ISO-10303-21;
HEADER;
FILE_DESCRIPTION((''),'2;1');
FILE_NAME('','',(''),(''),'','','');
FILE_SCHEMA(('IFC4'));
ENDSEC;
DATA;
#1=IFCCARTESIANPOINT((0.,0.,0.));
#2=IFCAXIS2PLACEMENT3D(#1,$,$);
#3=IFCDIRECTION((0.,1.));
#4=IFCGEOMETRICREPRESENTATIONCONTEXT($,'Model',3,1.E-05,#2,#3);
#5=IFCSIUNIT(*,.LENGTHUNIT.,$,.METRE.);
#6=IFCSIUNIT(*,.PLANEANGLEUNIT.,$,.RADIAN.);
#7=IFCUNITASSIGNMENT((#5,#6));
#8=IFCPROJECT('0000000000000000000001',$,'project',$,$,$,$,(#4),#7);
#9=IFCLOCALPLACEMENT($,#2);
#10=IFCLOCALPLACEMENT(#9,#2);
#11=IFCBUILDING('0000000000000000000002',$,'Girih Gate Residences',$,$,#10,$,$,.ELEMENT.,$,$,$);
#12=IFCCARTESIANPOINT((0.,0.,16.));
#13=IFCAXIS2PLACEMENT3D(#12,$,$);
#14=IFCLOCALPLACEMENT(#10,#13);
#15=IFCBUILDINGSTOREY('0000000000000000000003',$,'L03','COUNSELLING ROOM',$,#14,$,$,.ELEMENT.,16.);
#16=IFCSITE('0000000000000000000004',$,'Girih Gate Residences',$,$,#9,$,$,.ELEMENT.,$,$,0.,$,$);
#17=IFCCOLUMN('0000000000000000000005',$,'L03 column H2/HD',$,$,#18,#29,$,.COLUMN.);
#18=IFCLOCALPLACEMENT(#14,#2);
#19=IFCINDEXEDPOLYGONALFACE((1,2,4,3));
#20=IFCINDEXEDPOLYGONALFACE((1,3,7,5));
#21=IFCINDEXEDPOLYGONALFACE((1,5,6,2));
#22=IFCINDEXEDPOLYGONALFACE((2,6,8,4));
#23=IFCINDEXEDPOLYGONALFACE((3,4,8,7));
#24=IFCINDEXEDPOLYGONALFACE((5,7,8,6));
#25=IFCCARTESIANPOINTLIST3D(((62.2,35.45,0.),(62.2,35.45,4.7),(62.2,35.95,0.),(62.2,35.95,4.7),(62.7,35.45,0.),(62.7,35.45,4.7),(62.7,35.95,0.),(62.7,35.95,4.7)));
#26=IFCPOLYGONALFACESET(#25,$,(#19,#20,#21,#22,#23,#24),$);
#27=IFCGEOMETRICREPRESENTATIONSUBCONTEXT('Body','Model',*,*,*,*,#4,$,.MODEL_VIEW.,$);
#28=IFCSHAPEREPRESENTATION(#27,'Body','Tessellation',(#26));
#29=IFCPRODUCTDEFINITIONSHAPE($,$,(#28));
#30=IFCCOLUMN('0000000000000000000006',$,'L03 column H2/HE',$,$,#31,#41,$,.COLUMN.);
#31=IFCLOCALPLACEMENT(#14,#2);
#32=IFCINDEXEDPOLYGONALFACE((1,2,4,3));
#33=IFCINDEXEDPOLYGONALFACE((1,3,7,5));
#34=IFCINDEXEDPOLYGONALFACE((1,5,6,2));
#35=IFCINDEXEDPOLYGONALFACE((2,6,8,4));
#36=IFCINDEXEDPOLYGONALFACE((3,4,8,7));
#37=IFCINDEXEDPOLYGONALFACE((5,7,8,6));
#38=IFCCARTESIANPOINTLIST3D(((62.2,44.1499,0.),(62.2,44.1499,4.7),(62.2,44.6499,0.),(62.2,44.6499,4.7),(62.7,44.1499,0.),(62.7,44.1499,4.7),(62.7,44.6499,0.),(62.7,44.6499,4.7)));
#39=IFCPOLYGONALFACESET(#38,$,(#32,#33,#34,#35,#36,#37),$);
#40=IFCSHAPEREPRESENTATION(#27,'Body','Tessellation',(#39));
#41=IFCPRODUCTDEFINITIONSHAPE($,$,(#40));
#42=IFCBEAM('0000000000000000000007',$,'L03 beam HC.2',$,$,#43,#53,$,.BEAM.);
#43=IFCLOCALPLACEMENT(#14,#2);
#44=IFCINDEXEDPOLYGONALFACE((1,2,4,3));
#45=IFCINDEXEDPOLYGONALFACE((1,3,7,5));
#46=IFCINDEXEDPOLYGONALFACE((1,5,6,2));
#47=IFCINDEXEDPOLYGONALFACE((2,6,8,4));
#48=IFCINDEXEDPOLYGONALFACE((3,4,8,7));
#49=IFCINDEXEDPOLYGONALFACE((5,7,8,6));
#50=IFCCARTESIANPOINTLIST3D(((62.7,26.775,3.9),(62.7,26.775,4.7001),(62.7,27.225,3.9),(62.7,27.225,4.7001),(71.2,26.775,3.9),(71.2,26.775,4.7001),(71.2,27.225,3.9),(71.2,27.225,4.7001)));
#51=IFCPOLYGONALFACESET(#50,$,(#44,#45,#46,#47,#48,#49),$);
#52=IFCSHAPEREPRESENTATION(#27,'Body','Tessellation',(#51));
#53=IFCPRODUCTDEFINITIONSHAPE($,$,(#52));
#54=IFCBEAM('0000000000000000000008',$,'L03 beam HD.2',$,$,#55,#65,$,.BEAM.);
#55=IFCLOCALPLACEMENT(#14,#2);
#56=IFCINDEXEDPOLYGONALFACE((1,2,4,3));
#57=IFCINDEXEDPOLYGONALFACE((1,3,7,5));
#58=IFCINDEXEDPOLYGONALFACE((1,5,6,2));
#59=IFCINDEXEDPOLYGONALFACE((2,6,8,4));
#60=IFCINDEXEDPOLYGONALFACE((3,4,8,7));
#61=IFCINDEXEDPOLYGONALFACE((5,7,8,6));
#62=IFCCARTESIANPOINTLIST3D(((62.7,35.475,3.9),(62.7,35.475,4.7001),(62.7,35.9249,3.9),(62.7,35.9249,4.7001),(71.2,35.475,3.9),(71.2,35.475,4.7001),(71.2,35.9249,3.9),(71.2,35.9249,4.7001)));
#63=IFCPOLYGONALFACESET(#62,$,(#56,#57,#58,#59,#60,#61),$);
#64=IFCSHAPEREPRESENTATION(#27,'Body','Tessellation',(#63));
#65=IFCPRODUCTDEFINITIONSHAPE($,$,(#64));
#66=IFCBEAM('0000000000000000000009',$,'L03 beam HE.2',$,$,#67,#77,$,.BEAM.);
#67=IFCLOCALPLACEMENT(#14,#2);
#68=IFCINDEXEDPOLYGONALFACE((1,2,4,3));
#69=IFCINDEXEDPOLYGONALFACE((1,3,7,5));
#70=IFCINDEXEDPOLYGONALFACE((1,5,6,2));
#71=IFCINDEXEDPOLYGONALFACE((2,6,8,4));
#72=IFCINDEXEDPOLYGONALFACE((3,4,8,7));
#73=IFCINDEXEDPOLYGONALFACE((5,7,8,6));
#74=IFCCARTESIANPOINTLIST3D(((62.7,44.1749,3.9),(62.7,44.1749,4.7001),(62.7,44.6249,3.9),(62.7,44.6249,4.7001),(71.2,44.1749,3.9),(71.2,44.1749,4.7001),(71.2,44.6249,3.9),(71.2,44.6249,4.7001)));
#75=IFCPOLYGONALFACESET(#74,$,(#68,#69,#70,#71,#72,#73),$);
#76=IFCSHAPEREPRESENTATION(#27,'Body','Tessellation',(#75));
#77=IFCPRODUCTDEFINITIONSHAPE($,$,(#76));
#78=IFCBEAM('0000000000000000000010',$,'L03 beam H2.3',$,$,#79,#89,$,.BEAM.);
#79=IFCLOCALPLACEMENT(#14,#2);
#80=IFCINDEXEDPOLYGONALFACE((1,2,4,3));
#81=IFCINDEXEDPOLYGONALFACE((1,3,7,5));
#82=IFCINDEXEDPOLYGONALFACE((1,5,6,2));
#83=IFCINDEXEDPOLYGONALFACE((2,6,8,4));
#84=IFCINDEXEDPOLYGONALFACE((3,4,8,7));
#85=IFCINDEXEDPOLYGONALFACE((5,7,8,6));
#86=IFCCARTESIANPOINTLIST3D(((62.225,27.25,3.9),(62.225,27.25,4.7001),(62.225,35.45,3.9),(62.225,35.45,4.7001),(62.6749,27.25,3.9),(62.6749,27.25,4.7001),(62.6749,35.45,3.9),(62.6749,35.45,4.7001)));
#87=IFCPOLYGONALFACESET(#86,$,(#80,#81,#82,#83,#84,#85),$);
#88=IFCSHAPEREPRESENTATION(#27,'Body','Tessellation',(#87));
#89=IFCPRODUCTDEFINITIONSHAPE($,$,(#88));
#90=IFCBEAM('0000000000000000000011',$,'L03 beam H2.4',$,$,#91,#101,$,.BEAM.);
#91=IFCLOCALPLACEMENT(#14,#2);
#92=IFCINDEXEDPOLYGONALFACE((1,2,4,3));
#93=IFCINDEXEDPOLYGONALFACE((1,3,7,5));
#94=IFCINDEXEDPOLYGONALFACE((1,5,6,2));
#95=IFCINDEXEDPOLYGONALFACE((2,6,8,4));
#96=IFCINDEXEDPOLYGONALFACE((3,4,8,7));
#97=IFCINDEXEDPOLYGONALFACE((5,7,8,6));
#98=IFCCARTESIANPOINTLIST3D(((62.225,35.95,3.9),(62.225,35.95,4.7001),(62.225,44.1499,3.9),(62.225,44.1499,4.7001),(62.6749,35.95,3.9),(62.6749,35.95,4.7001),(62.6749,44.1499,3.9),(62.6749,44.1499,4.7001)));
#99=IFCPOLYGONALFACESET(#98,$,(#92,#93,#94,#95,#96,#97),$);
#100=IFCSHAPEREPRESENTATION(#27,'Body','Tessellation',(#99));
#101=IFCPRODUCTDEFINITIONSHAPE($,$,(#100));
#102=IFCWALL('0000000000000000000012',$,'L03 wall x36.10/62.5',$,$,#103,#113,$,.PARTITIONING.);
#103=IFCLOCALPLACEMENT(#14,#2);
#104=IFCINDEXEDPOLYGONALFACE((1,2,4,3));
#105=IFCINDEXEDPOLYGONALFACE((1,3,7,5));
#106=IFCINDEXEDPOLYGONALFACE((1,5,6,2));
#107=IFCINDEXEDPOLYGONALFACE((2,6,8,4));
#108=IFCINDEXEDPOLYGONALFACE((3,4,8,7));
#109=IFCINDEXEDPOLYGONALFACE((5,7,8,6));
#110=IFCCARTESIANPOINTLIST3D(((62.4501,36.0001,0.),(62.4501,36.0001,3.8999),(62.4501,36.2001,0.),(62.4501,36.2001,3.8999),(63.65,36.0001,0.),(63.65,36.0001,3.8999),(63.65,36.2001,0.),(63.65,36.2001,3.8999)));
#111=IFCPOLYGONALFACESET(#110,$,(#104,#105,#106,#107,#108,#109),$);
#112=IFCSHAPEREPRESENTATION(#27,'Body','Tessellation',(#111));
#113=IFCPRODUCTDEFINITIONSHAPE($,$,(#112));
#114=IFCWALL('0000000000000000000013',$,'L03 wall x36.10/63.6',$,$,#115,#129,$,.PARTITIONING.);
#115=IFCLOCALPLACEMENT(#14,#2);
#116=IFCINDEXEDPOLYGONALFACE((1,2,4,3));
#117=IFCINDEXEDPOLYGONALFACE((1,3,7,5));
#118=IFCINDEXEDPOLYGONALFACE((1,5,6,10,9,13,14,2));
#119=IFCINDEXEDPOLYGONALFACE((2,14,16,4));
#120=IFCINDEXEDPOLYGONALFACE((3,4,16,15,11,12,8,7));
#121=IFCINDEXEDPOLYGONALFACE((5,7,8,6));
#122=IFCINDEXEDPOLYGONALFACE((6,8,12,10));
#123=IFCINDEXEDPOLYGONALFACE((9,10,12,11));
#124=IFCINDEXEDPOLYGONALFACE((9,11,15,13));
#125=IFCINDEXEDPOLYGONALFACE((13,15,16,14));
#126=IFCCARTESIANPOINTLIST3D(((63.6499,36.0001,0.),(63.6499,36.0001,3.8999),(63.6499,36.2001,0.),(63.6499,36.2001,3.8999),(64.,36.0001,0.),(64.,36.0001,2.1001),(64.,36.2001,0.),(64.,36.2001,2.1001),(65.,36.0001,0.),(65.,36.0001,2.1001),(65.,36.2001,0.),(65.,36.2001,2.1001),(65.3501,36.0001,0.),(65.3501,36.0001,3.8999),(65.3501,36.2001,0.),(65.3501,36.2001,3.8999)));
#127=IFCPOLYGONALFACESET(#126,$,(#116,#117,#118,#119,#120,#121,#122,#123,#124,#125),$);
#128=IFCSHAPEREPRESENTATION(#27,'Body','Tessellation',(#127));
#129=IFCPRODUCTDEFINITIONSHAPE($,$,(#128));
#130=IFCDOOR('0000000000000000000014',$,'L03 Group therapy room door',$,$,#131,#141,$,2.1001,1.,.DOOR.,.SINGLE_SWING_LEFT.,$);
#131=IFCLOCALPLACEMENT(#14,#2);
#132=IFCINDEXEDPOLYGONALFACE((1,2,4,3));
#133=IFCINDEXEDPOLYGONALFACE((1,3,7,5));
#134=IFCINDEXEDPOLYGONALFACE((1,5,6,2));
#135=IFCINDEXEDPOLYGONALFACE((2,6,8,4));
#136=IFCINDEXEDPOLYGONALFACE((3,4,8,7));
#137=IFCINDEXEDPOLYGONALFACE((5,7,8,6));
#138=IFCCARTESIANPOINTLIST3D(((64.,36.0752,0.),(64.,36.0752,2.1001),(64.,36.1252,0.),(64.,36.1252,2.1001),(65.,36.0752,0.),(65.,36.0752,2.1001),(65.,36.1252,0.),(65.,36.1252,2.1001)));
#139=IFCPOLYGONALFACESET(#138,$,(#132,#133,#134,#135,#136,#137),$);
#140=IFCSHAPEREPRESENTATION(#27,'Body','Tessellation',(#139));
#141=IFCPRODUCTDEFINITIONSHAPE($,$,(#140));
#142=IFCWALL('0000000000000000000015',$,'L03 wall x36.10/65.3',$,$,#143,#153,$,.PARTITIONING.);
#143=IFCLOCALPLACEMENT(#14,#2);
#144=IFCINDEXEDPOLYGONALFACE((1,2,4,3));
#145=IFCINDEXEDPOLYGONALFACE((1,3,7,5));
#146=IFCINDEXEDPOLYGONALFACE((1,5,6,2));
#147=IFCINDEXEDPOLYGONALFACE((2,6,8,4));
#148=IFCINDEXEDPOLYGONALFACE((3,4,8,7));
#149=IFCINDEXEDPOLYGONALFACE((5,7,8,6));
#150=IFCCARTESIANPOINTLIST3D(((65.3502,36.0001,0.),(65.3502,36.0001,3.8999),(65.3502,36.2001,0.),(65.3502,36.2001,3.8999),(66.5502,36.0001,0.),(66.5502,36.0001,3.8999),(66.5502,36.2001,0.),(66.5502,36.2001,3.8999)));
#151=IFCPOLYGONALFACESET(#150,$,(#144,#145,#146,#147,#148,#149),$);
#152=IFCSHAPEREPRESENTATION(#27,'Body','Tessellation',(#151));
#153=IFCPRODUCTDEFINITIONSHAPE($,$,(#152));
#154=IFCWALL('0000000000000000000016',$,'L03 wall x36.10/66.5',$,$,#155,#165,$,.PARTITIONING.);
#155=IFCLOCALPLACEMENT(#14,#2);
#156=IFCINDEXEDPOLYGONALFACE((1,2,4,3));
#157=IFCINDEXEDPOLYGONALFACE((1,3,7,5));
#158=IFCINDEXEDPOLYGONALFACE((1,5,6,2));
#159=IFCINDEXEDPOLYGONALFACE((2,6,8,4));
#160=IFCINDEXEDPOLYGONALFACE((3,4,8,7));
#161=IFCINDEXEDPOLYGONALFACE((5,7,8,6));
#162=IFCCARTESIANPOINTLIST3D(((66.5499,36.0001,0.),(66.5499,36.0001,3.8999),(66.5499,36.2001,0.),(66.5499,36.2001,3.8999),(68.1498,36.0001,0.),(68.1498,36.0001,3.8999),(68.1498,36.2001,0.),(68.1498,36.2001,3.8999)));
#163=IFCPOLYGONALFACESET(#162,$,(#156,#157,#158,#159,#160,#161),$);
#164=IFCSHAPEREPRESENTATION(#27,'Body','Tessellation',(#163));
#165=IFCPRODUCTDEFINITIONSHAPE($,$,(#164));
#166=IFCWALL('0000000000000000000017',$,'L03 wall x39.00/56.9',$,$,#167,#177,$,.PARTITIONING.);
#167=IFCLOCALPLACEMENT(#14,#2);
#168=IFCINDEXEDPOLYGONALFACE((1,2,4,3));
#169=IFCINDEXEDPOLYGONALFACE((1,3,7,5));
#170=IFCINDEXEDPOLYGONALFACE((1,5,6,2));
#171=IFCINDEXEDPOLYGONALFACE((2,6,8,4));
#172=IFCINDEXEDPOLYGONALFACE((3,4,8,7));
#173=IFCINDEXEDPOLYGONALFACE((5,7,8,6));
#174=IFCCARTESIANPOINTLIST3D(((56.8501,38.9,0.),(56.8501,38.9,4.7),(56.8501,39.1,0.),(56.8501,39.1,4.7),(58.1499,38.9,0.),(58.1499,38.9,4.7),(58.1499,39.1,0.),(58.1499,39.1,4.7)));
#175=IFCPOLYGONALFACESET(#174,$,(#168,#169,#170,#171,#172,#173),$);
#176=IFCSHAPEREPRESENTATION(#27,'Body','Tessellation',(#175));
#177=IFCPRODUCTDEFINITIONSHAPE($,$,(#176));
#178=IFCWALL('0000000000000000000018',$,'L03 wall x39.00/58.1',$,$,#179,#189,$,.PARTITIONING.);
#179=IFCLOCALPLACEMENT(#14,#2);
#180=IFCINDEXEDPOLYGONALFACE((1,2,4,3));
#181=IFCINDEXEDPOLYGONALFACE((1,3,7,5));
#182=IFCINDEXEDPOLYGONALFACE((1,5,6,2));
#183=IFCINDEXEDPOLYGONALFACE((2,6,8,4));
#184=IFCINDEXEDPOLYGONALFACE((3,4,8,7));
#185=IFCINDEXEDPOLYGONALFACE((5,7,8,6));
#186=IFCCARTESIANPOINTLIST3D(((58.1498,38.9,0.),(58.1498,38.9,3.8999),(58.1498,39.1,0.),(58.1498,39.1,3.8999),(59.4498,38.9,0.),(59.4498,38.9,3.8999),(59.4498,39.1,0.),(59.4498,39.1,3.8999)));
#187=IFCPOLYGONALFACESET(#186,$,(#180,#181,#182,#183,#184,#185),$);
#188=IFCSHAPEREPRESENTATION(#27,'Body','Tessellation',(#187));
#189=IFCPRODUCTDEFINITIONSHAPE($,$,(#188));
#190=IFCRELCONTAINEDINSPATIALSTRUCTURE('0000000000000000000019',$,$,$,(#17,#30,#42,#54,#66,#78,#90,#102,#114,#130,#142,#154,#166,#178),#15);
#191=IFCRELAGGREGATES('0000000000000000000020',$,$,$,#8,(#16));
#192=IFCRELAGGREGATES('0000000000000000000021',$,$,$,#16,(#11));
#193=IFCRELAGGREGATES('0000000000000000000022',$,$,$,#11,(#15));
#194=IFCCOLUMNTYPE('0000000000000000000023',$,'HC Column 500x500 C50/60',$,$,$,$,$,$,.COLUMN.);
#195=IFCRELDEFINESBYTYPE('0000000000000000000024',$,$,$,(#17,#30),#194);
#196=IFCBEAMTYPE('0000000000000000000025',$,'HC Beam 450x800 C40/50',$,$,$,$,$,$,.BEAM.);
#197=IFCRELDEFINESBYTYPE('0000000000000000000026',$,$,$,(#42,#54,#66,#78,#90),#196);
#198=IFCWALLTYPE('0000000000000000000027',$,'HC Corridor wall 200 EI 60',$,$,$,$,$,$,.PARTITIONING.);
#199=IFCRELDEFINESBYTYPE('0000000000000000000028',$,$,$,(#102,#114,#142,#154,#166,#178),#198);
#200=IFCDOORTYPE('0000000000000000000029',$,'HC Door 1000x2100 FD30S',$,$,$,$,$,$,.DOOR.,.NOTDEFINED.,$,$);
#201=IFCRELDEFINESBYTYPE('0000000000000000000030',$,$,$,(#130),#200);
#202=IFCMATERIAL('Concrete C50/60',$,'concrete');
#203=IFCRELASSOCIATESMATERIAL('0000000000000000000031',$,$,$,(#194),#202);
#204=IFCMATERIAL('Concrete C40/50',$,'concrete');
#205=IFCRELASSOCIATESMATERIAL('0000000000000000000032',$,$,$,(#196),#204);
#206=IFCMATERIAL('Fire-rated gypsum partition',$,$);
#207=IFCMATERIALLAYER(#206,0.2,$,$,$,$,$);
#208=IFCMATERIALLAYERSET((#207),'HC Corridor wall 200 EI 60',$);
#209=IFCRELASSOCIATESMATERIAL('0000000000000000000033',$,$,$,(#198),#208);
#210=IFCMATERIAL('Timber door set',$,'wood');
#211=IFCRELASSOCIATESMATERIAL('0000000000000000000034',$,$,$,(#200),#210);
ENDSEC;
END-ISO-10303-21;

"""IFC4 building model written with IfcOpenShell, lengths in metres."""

from ifc_helpers import new_model, si_unit, direction, frame, frame_2d, origin, origin_2d, place, context, subcontext, project, spatial, rectangle, extrude, material, layer, layer_set, material_profile, profile_set, type_object, element, fill, save


model = new_model("IFC4")

# Units and contexts
model_context = context("Model", 3, precision=1e-05, world=origin(), true_north=direction((0.0, 1.0)))
body_context = subcontext(model_context, "Body", "Model", "MODEL_VIEW")
ifc_project = project(units=[si_unit("LENGTHUNIT", "METRE"), si_unit("PLANEANGLEUNIT", "RADIAN")], contexts=[model_context])

# Site, building, storey
site_placement = place(None, origin())
site = spatial("IfcSite", under=ifc_project, at=site_placement, Name="Girih Gate Residences", CompositionType="ELEMENT", RefElevation=0.0)
building_placement = place(site_placement, origin())
building = spatial("IfcBuilding", under=site, at=building_placement, Name="Girih Gate Residences", CompositionType="ELEMENT")
storey_placement = place(building_placement, frame((0.0, 0.0, 16.0)))
storey = spatial("IfcBuildingStorey", under=building, at=storey_placement, Name="L03", Description="COUNSELLING ROOM", CompositionType="ELEMENT", Elevation=16.0)

# Columns
ifc_material_1 = material(Name="Concrete C50/60", Category="concrete")
ifc_material_profile_1 = material_profile(ifc_material_1, rectangle(XDim=0.5, YDim=0.5, at=origin_2d()))
ifc_profile_set_1 = profile_set([ifc_material_profile_1], Name="Concrete C50/60")
column_type = type_object("IfcColumnType", Name="HC Column 500x500 C50/60", PredefinedType="COLUMN", material=ifc_profile_set_1)
for number, where, z_axis, x_axis, name in (
    (1, (62.45, 35.7, 0.0), (0.0, 0.0, 1.0), (1.0, 0.0, 0.0), "L03 column H2/HD"),
    (2, (62.45, 44.3999, 0.0), (0.0, 0.0, 1.0), (1.0, 0.0, 0.0), "L03 column H2/HE"),
):
    element("IfcColumn", number, at=place(storey_placement, frame(where, z_axis=z_axis, x_axis=x_axis)), inside=storey, type_object=column_type, Name=name, PredefinedType="COLUMN", context=body_context, shape_type="SweptSolid", body=[
        extrude(rectangle(XDim=0.5, YDim=0.5, at=origin_2d()), origin(), (0.0, 0.0, 1.0), 4.7),
    ])

# Beams
ifc_material_2 = material(Name="Concrete C40/50", Category="concrete")
ifc_material_profile_2 = material_profile(ifc_material_2, rectangle(XDim=0.45, YDim=0.8, at=origin_2d()))
ifc_profile_set_2 = profile_set([ifc_material_profile_2], Name="Concrete C40/50")
beam_type = type_object("IfcBeamType", Name="HC Beam 450x800 C40/50", PredefinedType="BEAM", material=ifc_profile_set_2)
for number, where, z_axis, x_axis, name in (
    (3, (62.7, 27.0, 4.3), (1.0, 0.0, 0.0), (0.0, 1.0, 0.0), "L03 beam HC.2"),
    (4, (62.7, 35.7, 4.3), (1.0, 0.0, 0.0), (0.0, 1.0, 0.0), "L03 beam HD.2"),
    (5, (62.7, 44.3999, 4.3), (1.0, 0.0, 0.0), (0.0, 1.0, 0.0), "L03 beam HE.2"),
):
    element("IfcBeam", number, at=place(storey_placement, frame(where, z_axis=z_axis, x_axis=x_axis)), inside=storey, type_object=beam_type, Name=name, PredefinedType="BEAM", context=body_context, shape_type="SweptSolid", body=[
        extrude(rectangle(XDim=0.45, YDim=0.8, at=origin_2d()), origin(), (0.0, 0.0, 1.0), 8.5),
    ])
for number, where, z_axis, x_axis, name in (
    (6, (62.45, 27.25, 4.3), (0.0, 1.0, 0.0), (-1.0, 0.0, 0.0), "L03 beam H2.3"),
    (7, (62.45, 35.95, 4.3), (0.0, 1.0, 0.0), (-1.0, 0.0, 0.0), "L03 beam H2.4"),
):
    element("IfcBeam", number, at=place(storey_placement, frame(where, z_axis=z_axis, x_axis=x_axis)), inside=storey, type_object=beam_type, Name=name, PredefinedType="BEAM", context=body_context, shape_type="SweptSolid", body=[
        extrude(rectangle(XDim=0.45, YDim=0.8, at=origin_2d()), origin(), (0.0, 0.0, 1.0), 8.2),
    ])

# Wall
ifc_material_3 = material(Name="Fire-rated gypsum partition")
ifc_layer_1 = layer(ifc_material_3, 0.2)
ifc_layer_set_1 = layer_set([ifc_layer_1], Name="HC Corridor wall 200 EI 60")
wall_type_1 = type_object("IfcWallType", Name="HC Corridor wall 200 EI 60", PredefinedType="PARTITIONING", material=ifc_layer_set_1)
wall_1_placement = place(storey_placement, frame((62.45, 36.1001, 0.0), z_axis=(0.0, 0.0, 1.0), x_axis=(1.0, 0.0, 0.0)))
element("IfcWall", 8, at=wall_1_placement, inside=storey, type_object=wall_type_1, Name="L03 wall x36.10/62.5", PredefinedType="PARTITIONING", context=body_context, shape_type="SweptSolid", body=[
    extrude(rectangle(XDim=1.2, YDim=0.2, at=frame_2d((0.6001, 0.0))), origin(), (0.0, 0.0, 1.0), 3.8999),
])

# Wall, opening, door
wall_2_placement = place(storey_placement, frame((65.3501, 36.1001, 0.0), z_axis=(0.0, 0.0, 1.0), x_axis=(-1.0, 0.0, 0.0)))
wall_2 = element("IfcWall", 9, at=wall_2_placement, inside=storey, type_object=wall_type_1, Name="L03 wall x36.10/63.6", PredefinedType="PARTITIONING", context=body_context, shape_type="SweptSolid", body=[
    extrude(rectangle(XDim=1.7002, YDim=0.2, at=frame_2d((0.8501, 0.0))), origin(), (0.0, 0.0, 1.0), 3.8999),
])
opening_1_placement = place(wall_2_placement, frame((0.3501, 0.0, 0.0)))
opening_1 = element("IfcOpeningElement", 10, at=opening_1_placement, cuts=wall_2, PredefinedType="OPENING", context=body_context, shape_type="SweptSolid", body=[
    extrude(rectangle(XDim=1.0, YDim=2.1001, at=frame_2d((0.5, 1.05))), frame((0.0, 0.1099, 0.0), z_axis=(0.0, -1.0, 0.0), x_axis=(1.0, 0.0, 0.0)), (0.0, 0.0, 1.0), 0.22),
])
ifc_material_4 = material(Name="Timber door set", Category="wood")
door_type = type_object("IfcDoorType", Name="HC Door 1000x2100 FD30S", OperationType="NOTDEFINED", PredefinedType="DOOR", material=ifc_material_4)
door_1_placement = place(opening_1_placement, origin())
door_1 = element("IfcDoor", 11, at=door_1_placement, inside=storey, type_object=door_type, Name="L03 Group therapy room door", OperationType="SINGLE_SWING_LEFT", OverallHeight=2.1001, OverallWidth=1.0, PredefinedType="DOOR", context=body_context, shape_type="SweptSolid", body=[
    extrude(rectangle(XDim=1.0, YDim=2.1001, at=frame_2d((0.5, 1.05))), frame((0.0, 0.0249, 0.0), z_axis=(0.0, -1.0, 0.0), x_axis=(1.0, 0.0, 0.0)), (0.0, 0.0, 1.0), 0.05),
])
fill(opening_1, door_1)

# Walls
wall_3_placement = place(storey_placement, frame((65.3501, 36.1001, 0.0), z_axis=(0.0, 0.0, 1.0), x_axis=(1.0, 0.0, 0.0)))
element("IfcWall", 12, at=wall_3_placement, inside=storey, type_object=wall_type_1, Name="L03 wall x36.10/65.3", PredefinedType="PARTITIONING", context=body_context, shape_type="SweptSolid", body=[
    extrude(rectangle(XDim=1.2, YDim=0.2, at=frame_2d((0.6001, 0.0))), origin(), (0.0, 0.0, 1.0), 3.8999),
])
wall_4_placement = place(storey_placement, frame((66.55, 36.1001, 0.0), z_axis=(0.0, 0.0, 1.0), x_axis=(1.0, 0.0, 0.0)))
element("IfcWall", 13, at=wall_4_placement, inside=storey, type_object=wall_type_1, Name="L03 wall x36.10/66.5", PredefinedType="PARTITIONING", context=body_context, shape_type="SweptSolid", body=[
    extrude(rectangle(XDim=1.5999, YDim=0.2, at=frame_2d((0.7998, 0.0))), origin(), (0.0, 0.0, 1.0), 3.8999),
])
wall_5_placement = place(storey_placement, frame((56.8501, 39.0, 0.0), z_axis=(0.0, 0.0, 1.0), x_axis=(1.0, 0.0, 0.0)))
element("IfcWall", 14, at=wall_5_placement, inside=storey, type_object=wall_type_1, Name="L03 wall x39.00/56.9", PredefinedType="PARTITIONING", context=body_context, shape_type="SweptSolid", body=[
    extrude(rectangle(XDim=1.2998, YDim=0.2, at=frame_2d((0.6499, 0.0))), origin(), (0.0, 0.0, 1.0), 4.7),
])
wall_6_placement = place(storey_placement, frame((58.1499, 39.0, 0.0), z_axis=(0.0, 0.0, 1.0), x_axis=(1.0, 0.0, 0.0)))
element("IfcWall", 15, at=wall_6_placement, inside=storey, type_object=wall_type_1, Name="L03 wall x39.00/58.1", PredefinedType="PARTITIONING", context=body_context, shape_type="SweptSolid", body=[
    extrude(rectangle(XDim=1.3, YDim=0.2, at=frame_2d((0.6499, 0.0))), origin(), (0.0, 0.0, 1.0), 3.8999),
])

save(model, "model.ifc")
